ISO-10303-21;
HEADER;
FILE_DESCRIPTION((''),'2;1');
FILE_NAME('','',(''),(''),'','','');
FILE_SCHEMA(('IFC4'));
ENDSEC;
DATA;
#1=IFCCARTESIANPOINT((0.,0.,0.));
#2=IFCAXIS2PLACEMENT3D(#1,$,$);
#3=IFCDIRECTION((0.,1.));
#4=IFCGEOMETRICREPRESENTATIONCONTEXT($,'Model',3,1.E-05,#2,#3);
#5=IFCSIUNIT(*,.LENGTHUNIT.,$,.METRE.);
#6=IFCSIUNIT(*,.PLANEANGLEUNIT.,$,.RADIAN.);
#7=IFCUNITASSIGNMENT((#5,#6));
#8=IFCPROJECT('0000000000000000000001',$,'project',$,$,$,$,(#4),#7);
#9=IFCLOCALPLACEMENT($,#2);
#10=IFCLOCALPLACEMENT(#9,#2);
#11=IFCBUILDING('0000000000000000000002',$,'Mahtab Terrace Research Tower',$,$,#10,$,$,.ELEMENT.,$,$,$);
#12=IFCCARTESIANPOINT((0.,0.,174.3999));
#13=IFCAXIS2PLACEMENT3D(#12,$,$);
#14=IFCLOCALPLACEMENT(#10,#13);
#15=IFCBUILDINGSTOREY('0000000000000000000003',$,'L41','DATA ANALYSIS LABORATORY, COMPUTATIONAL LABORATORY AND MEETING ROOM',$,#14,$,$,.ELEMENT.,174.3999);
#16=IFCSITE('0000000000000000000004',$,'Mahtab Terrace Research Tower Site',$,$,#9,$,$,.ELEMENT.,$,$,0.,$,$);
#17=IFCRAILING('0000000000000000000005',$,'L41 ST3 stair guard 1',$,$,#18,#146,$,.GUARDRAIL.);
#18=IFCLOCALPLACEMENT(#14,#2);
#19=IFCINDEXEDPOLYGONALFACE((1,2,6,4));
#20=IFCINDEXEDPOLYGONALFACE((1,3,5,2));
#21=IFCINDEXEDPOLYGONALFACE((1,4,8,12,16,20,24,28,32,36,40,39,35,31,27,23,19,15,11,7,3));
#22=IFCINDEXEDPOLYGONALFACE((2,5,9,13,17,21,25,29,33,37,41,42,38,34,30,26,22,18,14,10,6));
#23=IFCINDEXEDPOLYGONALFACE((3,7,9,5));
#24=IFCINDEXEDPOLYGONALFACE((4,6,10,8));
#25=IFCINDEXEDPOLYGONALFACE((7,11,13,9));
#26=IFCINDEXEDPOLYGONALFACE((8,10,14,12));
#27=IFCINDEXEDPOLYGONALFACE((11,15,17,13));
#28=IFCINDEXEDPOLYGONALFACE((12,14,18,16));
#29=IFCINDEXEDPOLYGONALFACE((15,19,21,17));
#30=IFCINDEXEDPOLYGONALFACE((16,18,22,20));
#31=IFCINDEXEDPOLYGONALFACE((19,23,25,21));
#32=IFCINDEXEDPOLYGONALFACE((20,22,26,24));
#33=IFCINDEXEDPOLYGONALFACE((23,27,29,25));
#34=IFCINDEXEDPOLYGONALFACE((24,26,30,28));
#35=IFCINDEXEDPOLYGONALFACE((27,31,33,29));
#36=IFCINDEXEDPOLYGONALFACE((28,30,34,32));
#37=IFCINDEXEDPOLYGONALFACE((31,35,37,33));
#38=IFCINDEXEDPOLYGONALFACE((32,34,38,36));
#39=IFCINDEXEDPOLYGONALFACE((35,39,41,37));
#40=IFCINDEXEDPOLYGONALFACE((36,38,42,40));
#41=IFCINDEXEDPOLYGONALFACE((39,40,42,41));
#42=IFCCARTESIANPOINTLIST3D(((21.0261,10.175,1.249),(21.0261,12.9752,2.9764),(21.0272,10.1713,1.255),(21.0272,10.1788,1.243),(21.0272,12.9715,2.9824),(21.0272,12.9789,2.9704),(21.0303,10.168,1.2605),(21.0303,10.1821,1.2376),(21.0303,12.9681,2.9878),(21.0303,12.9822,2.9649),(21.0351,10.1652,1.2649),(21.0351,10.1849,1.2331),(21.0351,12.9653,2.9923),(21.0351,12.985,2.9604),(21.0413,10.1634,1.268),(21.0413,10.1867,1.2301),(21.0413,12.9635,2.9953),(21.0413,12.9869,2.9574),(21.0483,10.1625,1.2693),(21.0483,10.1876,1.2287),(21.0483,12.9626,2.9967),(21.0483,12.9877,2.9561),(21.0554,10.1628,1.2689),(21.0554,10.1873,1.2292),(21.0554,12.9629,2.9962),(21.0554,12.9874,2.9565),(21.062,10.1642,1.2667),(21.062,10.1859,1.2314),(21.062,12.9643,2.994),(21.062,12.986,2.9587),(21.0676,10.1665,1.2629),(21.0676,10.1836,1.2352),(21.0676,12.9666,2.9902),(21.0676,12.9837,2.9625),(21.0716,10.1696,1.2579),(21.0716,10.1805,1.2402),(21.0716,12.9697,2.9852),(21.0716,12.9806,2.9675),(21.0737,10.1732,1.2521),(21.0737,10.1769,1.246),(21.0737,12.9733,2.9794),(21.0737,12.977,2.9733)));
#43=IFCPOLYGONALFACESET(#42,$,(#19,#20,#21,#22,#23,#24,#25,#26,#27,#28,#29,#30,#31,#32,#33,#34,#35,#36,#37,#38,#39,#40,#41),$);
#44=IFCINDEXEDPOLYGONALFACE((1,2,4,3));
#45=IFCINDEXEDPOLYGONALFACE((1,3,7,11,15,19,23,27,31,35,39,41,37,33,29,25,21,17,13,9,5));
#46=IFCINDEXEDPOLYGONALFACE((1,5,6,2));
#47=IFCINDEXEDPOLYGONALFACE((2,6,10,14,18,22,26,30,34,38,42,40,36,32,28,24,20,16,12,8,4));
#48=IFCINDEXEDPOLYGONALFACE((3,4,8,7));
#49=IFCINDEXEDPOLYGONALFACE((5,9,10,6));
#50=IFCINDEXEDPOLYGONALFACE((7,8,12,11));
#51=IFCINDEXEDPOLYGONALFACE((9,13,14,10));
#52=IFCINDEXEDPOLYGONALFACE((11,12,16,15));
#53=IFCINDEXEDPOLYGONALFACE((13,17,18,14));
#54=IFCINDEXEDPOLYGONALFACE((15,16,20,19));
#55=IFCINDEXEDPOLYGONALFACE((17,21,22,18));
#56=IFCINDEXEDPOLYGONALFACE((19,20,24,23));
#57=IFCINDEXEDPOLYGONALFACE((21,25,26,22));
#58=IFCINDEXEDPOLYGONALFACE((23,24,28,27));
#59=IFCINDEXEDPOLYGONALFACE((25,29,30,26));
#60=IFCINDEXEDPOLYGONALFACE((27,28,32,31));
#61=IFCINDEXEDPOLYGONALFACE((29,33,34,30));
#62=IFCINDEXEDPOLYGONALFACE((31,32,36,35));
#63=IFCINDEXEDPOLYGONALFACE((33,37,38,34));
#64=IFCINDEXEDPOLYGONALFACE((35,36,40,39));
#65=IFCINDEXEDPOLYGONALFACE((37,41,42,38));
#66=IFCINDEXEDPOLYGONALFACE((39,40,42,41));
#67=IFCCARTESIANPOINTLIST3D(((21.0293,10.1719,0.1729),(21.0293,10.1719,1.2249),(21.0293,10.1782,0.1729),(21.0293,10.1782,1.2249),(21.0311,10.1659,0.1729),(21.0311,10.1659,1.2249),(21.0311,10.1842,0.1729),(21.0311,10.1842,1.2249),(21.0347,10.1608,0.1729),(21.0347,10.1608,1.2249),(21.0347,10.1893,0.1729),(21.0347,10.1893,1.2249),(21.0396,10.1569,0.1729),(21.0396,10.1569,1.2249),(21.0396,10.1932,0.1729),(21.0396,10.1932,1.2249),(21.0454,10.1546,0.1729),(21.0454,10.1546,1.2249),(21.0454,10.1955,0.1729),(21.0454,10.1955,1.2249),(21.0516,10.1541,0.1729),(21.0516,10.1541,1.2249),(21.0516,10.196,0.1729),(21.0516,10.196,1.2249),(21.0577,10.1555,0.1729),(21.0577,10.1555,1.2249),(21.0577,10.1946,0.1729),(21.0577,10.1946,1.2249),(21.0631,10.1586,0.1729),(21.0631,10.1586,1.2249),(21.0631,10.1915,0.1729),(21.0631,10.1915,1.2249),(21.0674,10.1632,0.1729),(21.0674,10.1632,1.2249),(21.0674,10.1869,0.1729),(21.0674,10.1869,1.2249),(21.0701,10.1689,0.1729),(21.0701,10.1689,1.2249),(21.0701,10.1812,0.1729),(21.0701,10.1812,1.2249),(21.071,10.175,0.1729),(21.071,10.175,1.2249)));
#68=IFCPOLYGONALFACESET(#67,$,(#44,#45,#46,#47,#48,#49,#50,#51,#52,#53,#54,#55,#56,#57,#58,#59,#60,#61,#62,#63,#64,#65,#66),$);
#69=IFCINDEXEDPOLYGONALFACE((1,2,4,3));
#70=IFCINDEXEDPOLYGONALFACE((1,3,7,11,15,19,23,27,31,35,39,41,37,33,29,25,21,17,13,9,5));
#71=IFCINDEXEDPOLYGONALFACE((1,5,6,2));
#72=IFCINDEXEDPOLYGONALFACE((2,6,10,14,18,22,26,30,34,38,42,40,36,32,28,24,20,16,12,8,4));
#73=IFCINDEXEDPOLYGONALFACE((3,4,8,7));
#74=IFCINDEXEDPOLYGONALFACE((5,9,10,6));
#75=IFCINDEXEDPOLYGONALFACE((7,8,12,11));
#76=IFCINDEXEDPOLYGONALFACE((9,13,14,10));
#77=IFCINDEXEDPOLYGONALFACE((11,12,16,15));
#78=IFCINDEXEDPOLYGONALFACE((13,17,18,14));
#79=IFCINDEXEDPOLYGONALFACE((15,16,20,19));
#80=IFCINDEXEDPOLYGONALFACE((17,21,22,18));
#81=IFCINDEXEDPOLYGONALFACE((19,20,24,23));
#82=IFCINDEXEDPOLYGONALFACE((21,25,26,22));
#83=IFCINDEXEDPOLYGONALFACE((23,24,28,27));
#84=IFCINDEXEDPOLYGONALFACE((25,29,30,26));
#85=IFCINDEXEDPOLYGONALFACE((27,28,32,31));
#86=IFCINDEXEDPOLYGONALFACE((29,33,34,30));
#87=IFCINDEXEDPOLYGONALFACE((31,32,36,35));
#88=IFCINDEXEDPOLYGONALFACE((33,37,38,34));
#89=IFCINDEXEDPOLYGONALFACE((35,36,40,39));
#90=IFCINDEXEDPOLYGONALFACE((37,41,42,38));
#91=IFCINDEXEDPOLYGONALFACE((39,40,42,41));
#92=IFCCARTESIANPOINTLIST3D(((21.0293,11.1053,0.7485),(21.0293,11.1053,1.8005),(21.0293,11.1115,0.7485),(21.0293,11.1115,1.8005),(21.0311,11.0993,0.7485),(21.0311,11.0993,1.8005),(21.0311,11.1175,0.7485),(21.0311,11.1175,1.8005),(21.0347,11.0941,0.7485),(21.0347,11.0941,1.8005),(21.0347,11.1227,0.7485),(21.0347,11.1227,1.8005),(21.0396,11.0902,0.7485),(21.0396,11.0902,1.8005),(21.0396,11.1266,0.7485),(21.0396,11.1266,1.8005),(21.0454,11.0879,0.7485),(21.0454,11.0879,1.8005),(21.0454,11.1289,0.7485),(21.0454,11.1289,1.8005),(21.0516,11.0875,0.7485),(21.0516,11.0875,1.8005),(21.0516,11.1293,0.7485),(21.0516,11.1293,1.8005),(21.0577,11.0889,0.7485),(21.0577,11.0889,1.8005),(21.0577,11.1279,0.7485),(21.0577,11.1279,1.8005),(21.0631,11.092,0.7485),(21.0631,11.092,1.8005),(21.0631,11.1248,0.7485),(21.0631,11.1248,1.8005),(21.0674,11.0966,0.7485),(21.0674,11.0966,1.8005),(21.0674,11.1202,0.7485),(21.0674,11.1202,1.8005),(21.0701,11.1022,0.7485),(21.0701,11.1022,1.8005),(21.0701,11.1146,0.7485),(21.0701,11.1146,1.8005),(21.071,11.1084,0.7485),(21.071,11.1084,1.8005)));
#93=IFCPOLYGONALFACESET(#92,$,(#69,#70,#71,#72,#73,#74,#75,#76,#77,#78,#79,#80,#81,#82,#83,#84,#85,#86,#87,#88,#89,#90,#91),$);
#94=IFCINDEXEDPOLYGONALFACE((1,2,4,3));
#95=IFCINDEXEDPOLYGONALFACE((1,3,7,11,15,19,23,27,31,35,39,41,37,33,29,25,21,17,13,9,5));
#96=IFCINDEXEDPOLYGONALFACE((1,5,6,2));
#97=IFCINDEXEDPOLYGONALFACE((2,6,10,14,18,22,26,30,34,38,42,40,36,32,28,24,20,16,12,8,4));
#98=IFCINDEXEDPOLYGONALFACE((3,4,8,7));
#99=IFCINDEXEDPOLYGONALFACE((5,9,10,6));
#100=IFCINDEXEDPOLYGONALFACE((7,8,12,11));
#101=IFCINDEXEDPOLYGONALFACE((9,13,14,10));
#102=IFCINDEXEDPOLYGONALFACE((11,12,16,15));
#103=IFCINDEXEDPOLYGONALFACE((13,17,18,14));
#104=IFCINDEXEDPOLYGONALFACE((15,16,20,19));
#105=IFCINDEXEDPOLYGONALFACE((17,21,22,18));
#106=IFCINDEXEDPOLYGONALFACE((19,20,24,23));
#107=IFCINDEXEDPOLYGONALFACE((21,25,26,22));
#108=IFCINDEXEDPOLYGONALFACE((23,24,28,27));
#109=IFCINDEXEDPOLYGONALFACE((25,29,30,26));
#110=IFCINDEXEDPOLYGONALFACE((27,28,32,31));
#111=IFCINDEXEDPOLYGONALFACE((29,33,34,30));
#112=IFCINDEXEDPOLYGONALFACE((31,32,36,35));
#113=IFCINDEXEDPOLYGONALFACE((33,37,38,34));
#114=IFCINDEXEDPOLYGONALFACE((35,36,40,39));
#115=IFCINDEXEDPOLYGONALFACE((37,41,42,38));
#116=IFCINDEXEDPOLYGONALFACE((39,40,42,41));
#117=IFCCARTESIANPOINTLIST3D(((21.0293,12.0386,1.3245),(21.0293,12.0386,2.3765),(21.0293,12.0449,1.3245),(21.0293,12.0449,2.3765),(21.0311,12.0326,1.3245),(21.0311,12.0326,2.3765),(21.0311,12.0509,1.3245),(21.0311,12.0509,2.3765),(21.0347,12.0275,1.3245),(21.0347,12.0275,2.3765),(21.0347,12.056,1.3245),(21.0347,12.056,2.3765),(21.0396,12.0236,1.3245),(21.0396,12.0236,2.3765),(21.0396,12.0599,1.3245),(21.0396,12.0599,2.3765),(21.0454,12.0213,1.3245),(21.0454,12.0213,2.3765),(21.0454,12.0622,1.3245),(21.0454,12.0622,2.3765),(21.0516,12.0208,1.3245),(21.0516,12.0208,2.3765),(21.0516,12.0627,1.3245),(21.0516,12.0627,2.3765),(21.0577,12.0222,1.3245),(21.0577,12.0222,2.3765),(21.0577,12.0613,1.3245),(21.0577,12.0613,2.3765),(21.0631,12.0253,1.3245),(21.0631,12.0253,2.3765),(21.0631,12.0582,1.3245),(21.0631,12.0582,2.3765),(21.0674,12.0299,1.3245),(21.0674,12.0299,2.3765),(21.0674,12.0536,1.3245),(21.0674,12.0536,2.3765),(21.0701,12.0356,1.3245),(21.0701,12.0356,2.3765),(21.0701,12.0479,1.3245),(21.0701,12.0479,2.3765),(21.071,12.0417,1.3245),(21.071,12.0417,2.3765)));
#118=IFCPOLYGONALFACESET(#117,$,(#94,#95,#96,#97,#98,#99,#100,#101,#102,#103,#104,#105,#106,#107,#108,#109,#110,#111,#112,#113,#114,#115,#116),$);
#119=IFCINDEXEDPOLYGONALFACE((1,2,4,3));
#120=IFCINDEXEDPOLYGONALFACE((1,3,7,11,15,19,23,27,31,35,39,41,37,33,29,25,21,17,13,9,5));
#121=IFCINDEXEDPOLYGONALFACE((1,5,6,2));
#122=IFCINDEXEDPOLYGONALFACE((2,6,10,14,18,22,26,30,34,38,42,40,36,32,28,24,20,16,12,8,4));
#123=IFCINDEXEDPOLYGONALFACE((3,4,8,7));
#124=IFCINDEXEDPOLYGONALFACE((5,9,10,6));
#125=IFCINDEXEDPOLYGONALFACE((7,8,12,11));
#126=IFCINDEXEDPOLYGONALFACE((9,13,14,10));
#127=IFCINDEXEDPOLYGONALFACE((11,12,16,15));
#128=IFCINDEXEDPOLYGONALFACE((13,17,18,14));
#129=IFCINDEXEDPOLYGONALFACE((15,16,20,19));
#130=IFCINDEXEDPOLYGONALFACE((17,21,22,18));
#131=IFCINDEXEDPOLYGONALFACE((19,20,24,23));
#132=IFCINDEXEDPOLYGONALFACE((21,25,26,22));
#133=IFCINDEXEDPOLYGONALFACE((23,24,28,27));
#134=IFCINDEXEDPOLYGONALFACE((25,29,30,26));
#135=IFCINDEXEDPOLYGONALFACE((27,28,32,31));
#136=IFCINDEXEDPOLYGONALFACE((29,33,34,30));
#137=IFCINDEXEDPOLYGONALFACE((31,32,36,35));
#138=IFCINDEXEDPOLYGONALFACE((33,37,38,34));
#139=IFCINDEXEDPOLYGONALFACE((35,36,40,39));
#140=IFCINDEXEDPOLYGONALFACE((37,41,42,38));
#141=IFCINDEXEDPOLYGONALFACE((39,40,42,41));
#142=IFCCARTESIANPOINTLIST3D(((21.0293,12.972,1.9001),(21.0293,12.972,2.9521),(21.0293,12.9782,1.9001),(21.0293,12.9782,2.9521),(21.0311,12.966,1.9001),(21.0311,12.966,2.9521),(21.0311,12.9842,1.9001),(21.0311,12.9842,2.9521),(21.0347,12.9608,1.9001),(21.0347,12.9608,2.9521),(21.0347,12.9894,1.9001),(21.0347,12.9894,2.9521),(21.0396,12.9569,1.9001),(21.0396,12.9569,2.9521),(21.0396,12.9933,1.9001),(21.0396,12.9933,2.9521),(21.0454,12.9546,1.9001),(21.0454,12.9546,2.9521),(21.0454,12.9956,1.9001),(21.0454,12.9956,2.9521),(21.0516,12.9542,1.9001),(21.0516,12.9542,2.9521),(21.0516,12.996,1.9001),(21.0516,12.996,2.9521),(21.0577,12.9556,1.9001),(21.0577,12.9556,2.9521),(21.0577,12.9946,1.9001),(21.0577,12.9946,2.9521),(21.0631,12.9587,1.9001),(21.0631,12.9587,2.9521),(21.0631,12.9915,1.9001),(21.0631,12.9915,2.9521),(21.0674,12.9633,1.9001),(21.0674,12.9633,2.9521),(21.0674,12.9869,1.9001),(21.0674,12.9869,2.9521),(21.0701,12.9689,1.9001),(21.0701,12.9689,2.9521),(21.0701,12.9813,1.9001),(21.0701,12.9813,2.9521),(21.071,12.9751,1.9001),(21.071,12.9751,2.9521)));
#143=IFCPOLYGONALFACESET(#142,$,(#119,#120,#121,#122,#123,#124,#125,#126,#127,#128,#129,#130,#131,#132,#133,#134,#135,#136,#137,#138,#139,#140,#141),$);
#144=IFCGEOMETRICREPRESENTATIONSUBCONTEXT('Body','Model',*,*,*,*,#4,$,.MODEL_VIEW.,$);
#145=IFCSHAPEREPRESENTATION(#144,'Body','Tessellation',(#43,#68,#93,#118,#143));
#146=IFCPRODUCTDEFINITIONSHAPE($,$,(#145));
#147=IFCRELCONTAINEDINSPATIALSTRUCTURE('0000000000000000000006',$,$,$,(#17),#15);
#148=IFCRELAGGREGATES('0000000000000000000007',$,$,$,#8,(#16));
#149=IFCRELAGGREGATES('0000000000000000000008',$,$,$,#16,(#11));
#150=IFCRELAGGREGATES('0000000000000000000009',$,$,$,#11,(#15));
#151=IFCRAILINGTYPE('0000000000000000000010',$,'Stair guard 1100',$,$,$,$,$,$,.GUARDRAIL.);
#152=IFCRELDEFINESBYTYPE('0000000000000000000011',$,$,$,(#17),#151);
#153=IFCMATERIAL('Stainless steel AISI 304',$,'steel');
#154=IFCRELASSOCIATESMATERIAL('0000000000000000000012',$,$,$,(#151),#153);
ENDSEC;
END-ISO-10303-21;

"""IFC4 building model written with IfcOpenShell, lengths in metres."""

from ifc_helpers import new_model, si_unit, direction, frame, origin, origin_2d, place, context, subcontext, project, spatial, circle, extrude, material, type_object, element, save


model = new_model("IFC4")

# Units and contexts
model_context = context("Model", 3, precision=1e-05, world=origin(), true_north=direction((0.0, 1.0)))
body_context = subcontext(model_context, "Body", "Model", "MODEL_VIEW")
ifc_project = project(units=[si_unit("LENGTHUNIT", "METRE"), si_unit("PLANEANGLEUNIT", "RADIAN")], contexts=[model_context])

# Site, building, storey
site_placement = place(None, origin())
site = spatial("IfcSite", under=ifc_project, at=site_placement, Name="Mahtab Terrace Research Tower Site", CompositionType="ELEMENT", RefElevation=0.0)
building_placement = place(site_placement, origin())
building = spatial("IfcBuilding", under=site, at=building_placement, Name="Mahtab Terrace Research Tower", CompositionType="ELEMENT")
storey_placement = place(building_placement, frame((0.0, 0.0, 174.3999)))
storey = spatial("IfcBuildingStorey", under=building, at=storey_placement, Name="L41", Description="DATA ANALYSIS LABORATORY, COMPUTATIONAL LABORATORY AND MEETING ROOM", CompositionType="ELEMENT", Elevation=174.3999)

# Railing
ifc_material_1 = material(Name="Stainless steel AISI 304", Category="steel")
railing_type_1 = type_object("IfcRailingType", Name="Stair guard 1100", PredefinedType="GUARDRAIL", material=ifc_material_1)
railing_1_placement = place(storey_placement, frame((21.05, 10.175, 0.1729)))
element("IfcRailing", 1, at=railing_1_placement, inside=storey, type_object=railing_type_1, Name="L41 ST3 stair guard 1", PredefinedType="GUARDRAIL", context=body_context, shape_type="SweptSolid", body=[
    extrude(circle(Radius=0.0239, at=origin_2d()), frame((0.0, 0.0, 1.0762), z_axis=(0.0, 0.85109, 0.52502), x_axis=(-1.0, 0.0, 0.0)), (0.0, 0.0, 1.0), 3.29),
    extrude(circle(Radius=0.021, at=origin_2d()), origin(), (0.0, 0.0, 1.0), 1.052),
    extrude(circle(Radius=0.021, at=origin_2d()), frame((0.0, 0.9333, 0.5757)), (0.0, 0.0, 1.0), 1.052),
    extrude(circle(Radius=0.021, at=origin_2d()), frame((0.0, 1.8667, 1.1516)), (0.0, 0.0, 1.0), 1.052),
    extrude(circle(Radius=0.021, at=origin_2d()), frame((0.0, 2.8, 1.7273)), (0.0, 0.0, 1.0), 1.052),
])

save(model, "model.ifc")
